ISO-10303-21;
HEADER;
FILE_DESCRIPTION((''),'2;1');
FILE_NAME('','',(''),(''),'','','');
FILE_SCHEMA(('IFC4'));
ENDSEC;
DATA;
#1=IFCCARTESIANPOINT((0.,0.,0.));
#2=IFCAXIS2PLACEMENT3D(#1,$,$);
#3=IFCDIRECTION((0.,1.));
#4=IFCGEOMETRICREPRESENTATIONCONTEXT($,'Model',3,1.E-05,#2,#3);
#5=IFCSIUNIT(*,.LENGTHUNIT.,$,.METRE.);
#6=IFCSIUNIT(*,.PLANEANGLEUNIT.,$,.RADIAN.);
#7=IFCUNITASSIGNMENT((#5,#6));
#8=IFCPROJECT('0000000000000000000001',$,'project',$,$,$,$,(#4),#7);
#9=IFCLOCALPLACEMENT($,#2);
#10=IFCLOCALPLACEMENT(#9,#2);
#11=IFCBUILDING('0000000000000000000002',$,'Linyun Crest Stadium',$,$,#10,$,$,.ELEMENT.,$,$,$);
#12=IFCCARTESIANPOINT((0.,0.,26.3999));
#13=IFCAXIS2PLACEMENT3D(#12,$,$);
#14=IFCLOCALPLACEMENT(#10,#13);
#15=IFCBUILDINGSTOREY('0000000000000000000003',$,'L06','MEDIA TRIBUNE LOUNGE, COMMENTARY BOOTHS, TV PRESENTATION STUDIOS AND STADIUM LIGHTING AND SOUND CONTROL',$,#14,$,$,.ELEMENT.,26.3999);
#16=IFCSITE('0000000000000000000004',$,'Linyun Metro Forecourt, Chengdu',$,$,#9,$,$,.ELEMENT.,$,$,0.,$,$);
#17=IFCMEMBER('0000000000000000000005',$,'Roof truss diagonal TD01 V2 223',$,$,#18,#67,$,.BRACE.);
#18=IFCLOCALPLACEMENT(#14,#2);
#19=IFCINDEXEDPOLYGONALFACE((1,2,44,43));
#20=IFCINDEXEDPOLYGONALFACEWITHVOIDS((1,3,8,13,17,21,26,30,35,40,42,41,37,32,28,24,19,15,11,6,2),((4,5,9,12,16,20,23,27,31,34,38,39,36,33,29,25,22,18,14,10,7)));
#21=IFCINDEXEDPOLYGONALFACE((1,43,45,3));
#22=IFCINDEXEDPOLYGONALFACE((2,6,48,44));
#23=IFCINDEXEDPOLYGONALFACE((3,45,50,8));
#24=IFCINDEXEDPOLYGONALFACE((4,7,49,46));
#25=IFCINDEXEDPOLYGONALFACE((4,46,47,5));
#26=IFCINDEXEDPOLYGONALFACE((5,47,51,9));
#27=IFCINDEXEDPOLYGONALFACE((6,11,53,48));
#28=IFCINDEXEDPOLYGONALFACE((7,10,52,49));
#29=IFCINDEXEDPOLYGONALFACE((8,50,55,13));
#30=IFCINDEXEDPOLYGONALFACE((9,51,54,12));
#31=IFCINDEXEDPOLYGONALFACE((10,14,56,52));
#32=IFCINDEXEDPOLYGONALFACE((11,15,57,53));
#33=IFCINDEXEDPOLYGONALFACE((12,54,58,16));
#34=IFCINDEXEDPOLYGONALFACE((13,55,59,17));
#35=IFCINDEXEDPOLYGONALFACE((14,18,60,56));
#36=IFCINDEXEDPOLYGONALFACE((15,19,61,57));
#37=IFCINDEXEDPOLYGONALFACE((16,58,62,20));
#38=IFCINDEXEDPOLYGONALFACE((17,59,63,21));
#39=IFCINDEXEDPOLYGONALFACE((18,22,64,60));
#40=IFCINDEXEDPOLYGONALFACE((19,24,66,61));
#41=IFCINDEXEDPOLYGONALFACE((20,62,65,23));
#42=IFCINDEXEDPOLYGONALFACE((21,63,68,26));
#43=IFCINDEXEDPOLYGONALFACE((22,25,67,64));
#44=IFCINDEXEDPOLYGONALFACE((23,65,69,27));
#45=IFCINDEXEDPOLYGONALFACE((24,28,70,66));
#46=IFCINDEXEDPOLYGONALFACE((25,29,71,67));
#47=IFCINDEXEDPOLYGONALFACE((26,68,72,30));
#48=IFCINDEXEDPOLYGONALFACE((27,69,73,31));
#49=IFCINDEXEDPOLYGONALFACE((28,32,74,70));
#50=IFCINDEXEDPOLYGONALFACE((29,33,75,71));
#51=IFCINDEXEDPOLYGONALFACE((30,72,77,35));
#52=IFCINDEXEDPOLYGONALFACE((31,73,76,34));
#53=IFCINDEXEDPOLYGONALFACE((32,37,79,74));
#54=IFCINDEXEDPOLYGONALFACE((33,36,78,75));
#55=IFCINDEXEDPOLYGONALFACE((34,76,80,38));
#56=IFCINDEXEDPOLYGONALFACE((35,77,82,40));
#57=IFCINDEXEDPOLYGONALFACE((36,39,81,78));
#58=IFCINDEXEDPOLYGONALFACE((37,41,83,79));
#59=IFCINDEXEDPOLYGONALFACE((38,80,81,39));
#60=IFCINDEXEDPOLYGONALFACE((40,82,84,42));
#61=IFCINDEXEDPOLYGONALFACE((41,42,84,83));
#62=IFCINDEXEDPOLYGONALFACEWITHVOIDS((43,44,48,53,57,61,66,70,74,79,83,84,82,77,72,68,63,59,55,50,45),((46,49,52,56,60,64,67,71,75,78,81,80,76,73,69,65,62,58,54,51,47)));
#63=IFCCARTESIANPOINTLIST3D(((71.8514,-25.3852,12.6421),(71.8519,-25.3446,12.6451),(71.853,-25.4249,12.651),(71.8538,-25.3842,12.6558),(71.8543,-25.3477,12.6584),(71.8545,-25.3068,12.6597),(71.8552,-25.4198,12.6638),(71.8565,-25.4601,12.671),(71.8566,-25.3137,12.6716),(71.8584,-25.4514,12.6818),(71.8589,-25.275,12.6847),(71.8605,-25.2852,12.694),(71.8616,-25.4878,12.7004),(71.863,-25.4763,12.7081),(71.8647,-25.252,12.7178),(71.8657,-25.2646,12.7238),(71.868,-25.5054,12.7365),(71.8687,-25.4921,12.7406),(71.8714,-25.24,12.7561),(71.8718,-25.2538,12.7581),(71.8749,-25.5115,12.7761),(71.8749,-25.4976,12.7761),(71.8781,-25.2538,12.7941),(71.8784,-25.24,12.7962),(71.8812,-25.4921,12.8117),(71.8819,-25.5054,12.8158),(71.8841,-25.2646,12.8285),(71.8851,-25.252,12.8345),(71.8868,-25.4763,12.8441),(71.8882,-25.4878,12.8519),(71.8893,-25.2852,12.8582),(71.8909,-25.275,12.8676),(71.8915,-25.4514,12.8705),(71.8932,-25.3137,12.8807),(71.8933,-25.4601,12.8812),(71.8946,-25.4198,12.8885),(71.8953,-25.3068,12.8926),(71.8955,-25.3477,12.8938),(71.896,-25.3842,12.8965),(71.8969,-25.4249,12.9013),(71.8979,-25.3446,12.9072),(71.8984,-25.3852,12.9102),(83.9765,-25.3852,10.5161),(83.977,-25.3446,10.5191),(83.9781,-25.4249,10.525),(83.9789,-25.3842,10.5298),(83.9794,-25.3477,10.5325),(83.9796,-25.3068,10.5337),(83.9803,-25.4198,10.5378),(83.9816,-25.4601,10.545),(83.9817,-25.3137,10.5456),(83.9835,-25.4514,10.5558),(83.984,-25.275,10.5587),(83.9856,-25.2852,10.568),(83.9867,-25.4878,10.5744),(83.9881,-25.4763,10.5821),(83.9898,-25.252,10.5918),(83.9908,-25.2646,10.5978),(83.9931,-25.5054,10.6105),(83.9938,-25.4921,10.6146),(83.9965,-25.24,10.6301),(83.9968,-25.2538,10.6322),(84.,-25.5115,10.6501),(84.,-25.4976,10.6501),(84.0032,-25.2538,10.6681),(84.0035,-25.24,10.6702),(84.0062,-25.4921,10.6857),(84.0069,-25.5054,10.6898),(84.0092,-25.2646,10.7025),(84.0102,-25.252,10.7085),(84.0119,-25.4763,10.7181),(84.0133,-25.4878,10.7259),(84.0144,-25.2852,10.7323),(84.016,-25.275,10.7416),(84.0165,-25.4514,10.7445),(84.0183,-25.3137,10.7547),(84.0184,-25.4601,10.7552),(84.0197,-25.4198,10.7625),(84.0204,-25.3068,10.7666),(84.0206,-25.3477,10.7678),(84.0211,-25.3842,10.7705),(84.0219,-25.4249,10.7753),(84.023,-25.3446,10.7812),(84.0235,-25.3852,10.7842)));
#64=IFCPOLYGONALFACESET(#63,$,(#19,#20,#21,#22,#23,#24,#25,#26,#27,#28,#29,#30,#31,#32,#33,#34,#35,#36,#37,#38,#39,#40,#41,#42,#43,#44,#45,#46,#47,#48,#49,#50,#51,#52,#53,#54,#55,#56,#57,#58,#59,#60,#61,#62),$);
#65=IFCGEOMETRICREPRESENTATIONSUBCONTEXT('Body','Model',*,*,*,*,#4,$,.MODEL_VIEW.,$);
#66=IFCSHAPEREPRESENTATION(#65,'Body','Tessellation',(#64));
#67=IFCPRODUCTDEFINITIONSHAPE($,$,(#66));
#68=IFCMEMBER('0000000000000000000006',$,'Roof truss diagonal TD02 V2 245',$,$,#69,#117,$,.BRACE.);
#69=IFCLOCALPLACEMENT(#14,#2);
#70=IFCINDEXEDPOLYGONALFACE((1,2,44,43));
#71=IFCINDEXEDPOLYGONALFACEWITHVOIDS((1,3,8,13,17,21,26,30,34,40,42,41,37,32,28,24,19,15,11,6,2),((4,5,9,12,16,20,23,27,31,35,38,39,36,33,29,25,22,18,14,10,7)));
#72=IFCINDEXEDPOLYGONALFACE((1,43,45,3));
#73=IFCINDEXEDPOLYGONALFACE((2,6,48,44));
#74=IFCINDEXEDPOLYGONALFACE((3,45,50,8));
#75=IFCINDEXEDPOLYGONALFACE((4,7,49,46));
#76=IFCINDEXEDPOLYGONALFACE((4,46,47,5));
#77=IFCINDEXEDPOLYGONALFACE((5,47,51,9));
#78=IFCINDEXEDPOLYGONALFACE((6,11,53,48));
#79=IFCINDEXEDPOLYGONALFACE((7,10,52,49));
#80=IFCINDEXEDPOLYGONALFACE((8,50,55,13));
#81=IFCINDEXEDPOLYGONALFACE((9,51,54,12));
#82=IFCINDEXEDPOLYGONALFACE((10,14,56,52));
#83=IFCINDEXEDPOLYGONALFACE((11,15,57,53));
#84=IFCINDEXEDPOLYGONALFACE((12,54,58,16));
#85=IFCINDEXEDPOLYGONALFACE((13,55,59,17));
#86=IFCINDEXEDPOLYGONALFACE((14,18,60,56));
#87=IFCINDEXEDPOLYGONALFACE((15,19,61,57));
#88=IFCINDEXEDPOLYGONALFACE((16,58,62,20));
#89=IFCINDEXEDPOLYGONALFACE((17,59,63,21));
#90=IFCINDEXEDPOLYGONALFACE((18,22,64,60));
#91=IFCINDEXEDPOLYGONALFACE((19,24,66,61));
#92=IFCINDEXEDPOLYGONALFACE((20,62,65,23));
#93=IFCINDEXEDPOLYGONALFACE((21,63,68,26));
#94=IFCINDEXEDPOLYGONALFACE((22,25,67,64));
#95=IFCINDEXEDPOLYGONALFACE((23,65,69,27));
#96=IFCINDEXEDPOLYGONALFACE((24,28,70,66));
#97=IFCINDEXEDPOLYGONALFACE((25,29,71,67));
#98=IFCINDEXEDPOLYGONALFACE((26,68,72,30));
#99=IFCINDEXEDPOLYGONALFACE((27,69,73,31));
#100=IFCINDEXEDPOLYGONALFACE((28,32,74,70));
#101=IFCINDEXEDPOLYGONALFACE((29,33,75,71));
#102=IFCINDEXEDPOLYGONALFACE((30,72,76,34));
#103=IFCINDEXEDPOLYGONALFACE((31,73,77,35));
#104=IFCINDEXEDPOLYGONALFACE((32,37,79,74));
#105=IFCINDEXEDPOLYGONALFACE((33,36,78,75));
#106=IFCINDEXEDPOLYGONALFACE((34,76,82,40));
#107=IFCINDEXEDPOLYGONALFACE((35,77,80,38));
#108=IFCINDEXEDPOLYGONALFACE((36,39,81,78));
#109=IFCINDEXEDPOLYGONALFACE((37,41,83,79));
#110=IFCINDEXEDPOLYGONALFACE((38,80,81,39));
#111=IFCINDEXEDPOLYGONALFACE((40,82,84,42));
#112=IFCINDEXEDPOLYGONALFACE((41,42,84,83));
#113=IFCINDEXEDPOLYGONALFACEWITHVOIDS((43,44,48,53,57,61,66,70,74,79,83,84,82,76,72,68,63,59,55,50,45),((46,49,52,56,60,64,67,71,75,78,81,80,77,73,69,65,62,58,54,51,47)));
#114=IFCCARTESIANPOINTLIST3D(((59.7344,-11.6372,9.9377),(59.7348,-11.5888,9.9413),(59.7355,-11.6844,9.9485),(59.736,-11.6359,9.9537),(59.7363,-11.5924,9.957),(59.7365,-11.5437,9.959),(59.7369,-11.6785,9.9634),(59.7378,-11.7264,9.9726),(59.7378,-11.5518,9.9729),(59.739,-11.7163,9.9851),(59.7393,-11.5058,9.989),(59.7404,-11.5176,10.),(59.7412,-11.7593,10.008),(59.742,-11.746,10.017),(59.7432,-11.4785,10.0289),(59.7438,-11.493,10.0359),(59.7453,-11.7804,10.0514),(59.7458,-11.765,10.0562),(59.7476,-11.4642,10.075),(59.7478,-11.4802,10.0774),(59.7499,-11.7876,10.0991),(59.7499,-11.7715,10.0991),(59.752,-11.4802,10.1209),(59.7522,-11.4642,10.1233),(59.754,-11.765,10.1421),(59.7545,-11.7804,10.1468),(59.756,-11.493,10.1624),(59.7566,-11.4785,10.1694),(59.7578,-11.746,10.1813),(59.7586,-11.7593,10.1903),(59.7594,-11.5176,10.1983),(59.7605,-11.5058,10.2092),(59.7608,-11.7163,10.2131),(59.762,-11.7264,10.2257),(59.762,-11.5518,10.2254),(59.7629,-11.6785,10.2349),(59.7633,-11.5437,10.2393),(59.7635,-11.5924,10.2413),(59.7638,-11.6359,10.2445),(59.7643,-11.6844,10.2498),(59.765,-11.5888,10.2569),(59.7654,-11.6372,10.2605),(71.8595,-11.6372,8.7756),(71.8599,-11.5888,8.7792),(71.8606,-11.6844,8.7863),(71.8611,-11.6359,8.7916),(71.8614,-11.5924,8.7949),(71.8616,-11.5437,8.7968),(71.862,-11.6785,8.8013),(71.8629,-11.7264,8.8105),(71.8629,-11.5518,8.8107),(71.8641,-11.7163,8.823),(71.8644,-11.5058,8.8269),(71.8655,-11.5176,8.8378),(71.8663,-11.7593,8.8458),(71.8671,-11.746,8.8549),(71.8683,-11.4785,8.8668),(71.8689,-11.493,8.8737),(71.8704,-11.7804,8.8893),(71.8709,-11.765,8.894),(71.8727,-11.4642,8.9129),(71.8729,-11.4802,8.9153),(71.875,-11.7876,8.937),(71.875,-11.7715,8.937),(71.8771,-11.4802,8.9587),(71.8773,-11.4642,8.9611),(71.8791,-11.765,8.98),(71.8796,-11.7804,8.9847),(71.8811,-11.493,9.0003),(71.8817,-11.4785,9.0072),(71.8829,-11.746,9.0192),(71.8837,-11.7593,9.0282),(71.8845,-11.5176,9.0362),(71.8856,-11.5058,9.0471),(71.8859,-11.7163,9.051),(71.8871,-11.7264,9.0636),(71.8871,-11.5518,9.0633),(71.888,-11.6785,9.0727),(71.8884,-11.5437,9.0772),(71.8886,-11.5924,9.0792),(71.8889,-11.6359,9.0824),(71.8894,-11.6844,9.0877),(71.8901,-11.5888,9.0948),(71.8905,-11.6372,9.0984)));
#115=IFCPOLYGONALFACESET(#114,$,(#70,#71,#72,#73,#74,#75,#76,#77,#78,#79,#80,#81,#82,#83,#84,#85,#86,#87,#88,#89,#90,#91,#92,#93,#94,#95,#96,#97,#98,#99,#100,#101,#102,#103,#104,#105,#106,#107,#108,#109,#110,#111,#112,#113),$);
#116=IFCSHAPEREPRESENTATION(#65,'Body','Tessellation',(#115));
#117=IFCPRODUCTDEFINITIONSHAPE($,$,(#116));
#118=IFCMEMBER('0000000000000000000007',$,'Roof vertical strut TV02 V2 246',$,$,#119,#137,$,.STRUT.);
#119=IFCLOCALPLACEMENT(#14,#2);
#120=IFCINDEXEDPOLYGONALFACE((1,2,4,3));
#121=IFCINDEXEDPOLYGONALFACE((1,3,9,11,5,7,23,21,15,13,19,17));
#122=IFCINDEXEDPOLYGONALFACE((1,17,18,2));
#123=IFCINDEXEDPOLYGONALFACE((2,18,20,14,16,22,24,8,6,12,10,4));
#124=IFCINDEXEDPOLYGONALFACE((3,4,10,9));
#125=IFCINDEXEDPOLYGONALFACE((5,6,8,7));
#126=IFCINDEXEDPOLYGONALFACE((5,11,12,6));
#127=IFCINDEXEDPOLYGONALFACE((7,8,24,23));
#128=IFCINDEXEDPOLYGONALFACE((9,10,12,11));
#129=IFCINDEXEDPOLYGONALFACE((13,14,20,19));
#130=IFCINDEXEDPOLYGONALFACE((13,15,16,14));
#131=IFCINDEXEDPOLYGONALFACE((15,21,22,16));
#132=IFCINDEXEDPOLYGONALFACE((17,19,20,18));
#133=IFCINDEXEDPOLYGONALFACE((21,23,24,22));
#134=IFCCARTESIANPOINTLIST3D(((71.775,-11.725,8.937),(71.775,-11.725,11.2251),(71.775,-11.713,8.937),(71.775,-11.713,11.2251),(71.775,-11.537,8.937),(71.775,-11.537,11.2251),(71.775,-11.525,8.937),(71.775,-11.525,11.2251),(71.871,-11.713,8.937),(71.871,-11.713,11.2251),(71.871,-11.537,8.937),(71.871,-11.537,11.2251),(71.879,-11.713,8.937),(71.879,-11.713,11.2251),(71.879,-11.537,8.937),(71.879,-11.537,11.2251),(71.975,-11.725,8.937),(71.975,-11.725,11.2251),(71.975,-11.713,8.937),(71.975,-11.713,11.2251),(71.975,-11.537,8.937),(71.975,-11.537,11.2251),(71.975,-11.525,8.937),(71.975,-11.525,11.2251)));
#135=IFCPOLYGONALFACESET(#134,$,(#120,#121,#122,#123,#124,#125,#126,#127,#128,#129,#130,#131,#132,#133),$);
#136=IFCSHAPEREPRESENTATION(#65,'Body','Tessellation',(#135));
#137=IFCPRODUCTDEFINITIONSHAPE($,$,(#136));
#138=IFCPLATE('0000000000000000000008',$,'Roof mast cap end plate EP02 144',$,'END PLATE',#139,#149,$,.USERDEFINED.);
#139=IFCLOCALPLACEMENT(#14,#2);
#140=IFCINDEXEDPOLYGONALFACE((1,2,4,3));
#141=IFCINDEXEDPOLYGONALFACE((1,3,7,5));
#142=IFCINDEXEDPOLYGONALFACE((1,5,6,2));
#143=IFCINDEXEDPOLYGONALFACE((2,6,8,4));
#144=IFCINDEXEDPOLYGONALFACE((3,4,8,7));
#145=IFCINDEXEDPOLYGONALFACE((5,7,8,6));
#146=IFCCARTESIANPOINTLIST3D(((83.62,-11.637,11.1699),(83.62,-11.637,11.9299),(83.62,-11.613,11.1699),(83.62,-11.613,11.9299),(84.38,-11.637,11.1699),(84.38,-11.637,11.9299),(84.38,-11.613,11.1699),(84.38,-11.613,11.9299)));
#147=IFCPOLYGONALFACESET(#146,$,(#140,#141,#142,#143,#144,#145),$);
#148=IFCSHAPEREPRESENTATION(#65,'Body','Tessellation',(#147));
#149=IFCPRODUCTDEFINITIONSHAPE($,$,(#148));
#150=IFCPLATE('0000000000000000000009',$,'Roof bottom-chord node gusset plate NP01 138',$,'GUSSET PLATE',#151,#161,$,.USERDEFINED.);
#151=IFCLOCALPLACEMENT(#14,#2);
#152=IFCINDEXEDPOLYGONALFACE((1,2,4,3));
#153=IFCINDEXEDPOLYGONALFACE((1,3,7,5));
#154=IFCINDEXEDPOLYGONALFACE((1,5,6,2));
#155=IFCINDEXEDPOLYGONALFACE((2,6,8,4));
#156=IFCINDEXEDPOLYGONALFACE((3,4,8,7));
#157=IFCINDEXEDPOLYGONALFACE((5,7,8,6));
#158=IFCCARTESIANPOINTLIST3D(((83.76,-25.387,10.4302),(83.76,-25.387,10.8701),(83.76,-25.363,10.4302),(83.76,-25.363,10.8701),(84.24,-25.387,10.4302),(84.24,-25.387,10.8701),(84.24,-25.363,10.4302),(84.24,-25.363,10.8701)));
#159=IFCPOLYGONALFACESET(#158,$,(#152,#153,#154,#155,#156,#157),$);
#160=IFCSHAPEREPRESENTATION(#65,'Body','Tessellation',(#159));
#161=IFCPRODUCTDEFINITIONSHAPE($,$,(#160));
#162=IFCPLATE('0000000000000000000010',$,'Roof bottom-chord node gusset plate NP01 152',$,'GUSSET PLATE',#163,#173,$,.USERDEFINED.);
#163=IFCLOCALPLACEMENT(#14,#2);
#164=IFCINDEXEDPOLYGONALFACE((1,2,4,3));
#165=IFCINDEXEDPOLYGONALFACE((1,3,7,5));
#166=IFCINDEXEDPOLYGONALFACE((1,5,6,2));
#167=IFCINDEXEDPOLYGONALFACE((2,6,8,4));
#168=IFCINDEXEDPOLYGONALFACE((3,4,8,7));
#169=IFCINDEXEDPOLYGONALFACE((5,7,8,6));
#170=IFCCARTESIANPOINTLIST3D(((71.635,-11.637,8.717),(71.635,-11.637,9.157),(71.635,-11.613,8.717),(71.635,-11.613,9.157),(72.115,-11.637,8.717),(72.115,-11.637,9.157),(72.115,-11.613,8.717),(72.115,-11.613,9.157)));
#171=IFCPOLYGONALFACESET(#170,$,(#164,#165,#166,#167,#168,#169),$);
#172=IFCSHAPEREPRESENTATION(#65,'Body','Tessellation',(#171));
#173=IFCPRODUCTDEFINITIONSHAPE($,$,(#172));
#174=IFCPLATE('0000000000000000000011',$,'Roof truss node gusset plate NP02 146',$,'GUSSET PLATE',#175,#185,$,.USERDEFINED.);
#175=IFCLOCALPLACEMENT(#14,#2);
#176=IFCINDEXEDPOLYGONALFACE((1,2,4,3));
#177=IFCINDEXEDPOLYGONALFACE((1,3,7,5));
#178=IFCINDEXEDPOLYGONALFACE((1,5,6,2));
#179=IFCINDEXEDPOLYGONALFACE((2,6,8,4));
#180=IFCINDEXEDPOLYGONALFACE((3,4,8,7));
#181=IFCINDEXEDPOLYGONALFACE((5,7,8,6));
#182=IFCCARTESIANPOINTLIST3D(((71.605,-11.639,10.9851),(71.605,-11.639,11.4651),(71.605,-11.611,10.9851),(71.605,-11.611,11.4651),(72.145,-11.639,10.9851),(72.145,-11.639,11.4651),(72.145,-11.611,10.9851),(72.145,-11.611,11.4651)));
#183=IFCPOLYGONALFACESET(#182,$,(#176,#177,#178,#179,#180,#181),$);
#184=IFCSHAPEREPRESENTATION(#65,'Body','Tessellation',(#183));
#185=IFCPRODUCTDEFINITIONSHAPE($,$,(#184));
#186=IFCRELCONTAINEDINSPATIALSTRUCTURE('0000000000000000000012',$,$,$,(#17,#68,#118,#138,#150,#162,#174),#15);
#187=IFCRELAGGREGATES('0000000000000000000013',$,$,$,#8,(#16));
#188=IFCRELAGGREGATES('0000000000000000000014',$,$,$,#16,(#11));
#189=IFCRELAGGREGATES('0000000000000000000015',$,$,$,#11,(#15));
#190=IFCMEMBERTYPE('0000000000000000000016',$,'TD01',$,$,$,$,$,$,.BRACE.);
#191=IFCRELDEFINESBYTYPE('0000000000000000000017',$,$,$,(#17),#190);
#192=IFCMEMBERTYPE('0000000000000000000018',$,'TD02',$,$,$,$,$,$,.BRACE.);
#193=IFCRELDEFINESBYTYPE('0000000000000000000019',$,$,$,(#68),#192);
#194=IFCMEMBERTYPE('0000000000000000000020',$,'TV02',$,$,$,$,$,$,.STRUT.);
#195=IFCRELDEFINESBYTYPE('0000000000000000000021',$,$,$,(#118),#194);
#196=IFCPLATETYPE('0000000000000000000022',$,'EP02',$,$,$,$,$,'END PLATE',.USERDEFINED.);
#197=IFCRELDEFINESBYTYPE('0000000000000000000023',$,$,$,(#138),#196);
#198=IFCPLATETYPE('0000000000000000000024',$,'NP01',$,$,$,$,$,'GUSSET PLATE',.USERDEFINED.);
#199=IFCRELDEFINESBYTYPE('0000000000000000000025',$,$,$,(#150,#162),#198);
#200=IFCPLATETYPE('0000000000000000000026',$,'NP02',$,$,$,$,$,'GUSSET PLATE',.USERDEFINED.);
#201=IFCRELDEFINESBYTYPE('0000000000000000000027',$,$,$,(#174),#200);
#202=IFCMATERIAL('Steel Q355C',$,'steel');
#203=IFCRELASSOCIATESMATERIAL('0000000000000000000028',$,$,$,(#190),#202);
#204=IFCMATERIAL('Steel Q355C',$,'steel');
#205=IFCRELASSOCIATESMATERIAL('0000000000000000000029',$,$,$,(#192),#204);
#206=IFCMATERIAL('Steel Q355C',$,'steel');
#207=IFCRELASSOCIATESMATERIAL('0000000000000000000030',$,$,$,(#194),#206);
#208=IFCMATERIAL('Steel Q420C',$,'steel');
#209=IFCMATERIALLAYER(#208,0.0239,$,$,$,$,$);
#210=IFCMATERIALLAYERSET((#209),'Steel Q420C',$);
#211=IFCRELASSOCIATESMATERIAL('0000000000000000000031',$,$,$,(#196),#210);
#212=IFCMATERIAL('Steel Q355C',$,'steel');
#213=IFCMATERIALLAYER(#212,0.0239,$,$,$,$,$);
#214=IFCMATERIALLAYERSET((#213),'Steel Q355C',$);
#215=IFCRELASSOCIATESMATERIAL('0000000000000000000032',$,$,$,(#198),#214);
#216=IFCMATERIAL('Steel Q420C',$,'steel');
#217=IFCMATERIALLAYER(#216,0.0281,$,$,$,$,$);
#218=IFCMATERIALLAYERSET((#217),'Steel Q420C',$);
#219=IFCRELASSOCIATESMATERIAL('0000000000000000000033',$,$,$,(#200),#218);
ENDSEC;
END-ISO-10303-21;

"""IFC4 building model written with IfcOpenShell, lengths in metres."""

from ifc_helpers import new_model, si_unit, direction, frame, origin, origin_2d, place, context, subcontext, project, spatial, rectangle, hollow_circle, i_section, extrude, material, layer, layer_set, material_profile, profile_set, type_object, element, save


model = new_model("IFC4")

# Units and contexts
model_context = context("Model", 3, precision=1e-05, world=origin(), true_north=direction((0.0, 1.0)))
body_context = subcontext(model_context, "Body", "Model", "MODEL_VIEW")
ifc_project = project(units=[si_unit("LENGTHUNIT", "METRE"), si_unit("PLANEANGLEUNIT", "RADIAN")], contexts=[model_context])

# Site, building, storey
site_placement = place(None, origin())
site = spatial("IfcSite", under=ifc_project, at=site_placement, Name="Linyun Metro Forecourt, Chengdu", CompositionType="ELEMENT", RefElevation=0.0)
building_placement = place(site_placement, origin())
building = spatial("IfcBuilding", under=site, at=building_placement, Name="Linyun Crest Stadium", CompositionType="ELEMENT")
storey_placement = place(building_placement, frame((0.0, 0.0, 26.3999)))
storey = spatial("IfcBuildingStorey", under=building, at=storey_placement, Name="L06", Description="MEDIA TRIBUNE LOUNGE, COMMENTARY BOOTHS, TV PRESENTATION STUDIOS AND STADIUM LIGHTING AND SOUND CONTROL", CompositionType="ELEMENT", Elevation=26.3999)

# Members
ifc_material_1 = material(Name="Steel Q355C", Category="steel")
ifc_material_profile_1 = material_profile(ifc_material_1, hollow_circle(Radius=0.1365, WallThickness=0.0139, at=origin_2d()), Name="CHS 273x14")
ifc_profile_set_1 = profile_set([ifc_material_profile_1], Name="Steel Q355C")
member_type_1 = type_object("IfcMemberType", Name="TD01", PredefinedType="BRACE", material=ifc_profile_set_1)
member_1_placement = place(storey_placement, frame((84.0, -25.375, 10.6501), z_axis=(-0.984974, 0.0, 0.172704), x_axis=(0.0, -1.0, 0.0)))
element("IfcMember", 1, at=member_1_placement, inside=storey, type_object=member_type_1, Name="Roof truss diagonal TD01 V2 223", PredefinedType="BRACE", context=body_context, shape_type="SweptSolid", body=[
    extrude(hollow_circle(Radius=0.1365, WallThickness=0.0139, at=origin_2d()), origin(), (0.0, 0.0, 1.0), 12.3101),
])
ifc_material_2 = material(Name="Steel Q355C", Category="steel")
ifc_material_profile_2 = material_profile(ifc_material_2, hollow_circle(Radius=0.1626, WallThickness=0.0161, at=origin_2d()), Name="CHS 325x16")
ifc_profile_set_2 = profile_set([ifc_material_profile_2], Name="Steel Q355C")
member_type_2 = type_object("IfcMemberType", Name="TD02", PredefinedType="BRACE", material=ifc_profile_set_2)
member_2_placement = place(storey_placement, frame((71.875, -11.625, 8.937), z_axis=(-0.995438, 0.0, 0.095407), x_axis=(0.0, -1.0, 0.0)))
element("IfcMember", 2, at=member_2_placement, inside=storey, type_object=member_type_2, Name="Roof truss diagonal TD02 V2 245", PredefinedType="BRACE", context=body_context, shape_type="SweptSolid", body=[
    extrude(hollow_circle(Radius=0.1626, WallThickness=0.0161, at=origin_2d()), origin(), (0.0, 0.0, 1.0), 12.1807),
])
ifc_material_3 = material(Name="Steel Q355C", Category="steel")
ifc_material_profile_3 = material_profile(ifc_material_3, i_section(OverallWidth=0.2, OverallDepth=0.2, WebThickness=0.0081, FlangeThickness=0.012, at=origin_2d()), Name="HW 200x200")
ifc_profile_set_3 = profile_set([ifc_material_profile_3], Name="Steel Q355C")
member_type_3 = type_object("IfcMemberType", Name="TV02", PredefinedType="STRUT", material=ifc_profile_set_3)
member_3_placement = place(storey_placement, frame((71.875, -11.625, 8.937), z_axis=(0.0, 0.0, 1.0), x_axis=(1.0, 0.0, 0.0)))
element("IfcMember", 3, at=member_3_placement, inside=storey, type_object=member_type_3, Name="Roof vertical strut TV02 V2 246", PredefinedType="STRUT", context=body_context, shape_type="SweptSolid", body=[
    extrude(i_section(OverallWidth=0.2, OverallDepth=0.2, WebThickness=0.0081, FlangeThickness=0.012, at=origin_2d()), origin(), (0.0, 0.0, 1.0), 2.2881),
])

# Plates
ifc_material_4 = material(Name="Steel Q420C", Category="steel")
ifc_layer_1 = layer(ifc_material_4, 0.0239)
ifc_layer_set_1 = layer_set([ifc_layer_1], Name="Steel Q420C")
plate_type_1 = type_object("IfcPlateType", Name="EP02", ElementType="END PLATE", PredefinedType="USERDEFINED", material=ifc_layer_set_1)
plate_1_placement = place(storey_placement, frame((84.0, -11.625, 11.1699), z_axis=(0.0, 0.0, 1.0), x_axis=(1.0, 0.0, 0.0)))
element("IfcPlate", 4, at=plate_1_placement, inside=storey, type_object=plate_type_1, Name="Roof mast cap end plate EP02 144", ObjectType="END PLATE", PredefinedType="USERDEFINED", context=body_context, shape_type="SweptSolid", body=[
    extrude(rectangle(XDim=0.76, YDim=0.0239, at=origin_2d()), origin(), (0.0, 0.0, 1.0), 0.76),
])
ifc_material_5 = material(Name="Steel Q355C", Category="steel")
ifc_layer_2 = layer(ifc_material_5, 0.0239)
ifc_layer_set_2 = layer_set([ifc_layer_2], Name="Steel Q355C")
plate_type_2 = type_object("IfcPlateType", Name="NP01", ElementType="GUSSET PLATE", PredefinedType="USERDEFINED", material=ifc_layer_set_2)
for number, where, z_axis, x_axis, name in (
    (5, (84.0, -25.375, 10.4302), (0.0, 0.0, 1.0), (1.0, 0.0, 0.0), "Roof bottom-chord node gusset plate NP01 138"),
    (6, (71.875, -11.625, 8.717), (0.0, 0.0, 1.0), (1.0, 0.0, 0.0), "Roof bottom-chord node gusset plate NP01 152"),
):
    element("IfcPlate", number, at=place(storey_placement, frame(where, z_axis=z_axis, x_axis=x_axis)), inside=storey, type_object=plate_type_2, Name=name, ObjectType="GUSSET PLATE", PredefinedType="USERDEFINED", context=body_context, shape_type="SweptSolid", body=[
        extrude(rectangle(XDim=0.48, YDim=0.0239, at=origin_2d()), origin(), (0.0, 0.0, 1.0), 0.4399),
    ])
ifc_material_6 = material(Name="Steel Q420C", Category="steel")
ifc_layer_3 = layer(ifc_material_6, 0.0281)
ifc_layer_set_3 = layer_set([ifc_layer_3], Name="Steel Q420C")
plate_type_3 = type_object("IfcPlateType", Name="NP02", ElementType="GUSSET PLATE", PredefinedType="USERDEFINED", material=ifc_layer_set_3)
plate_2_placement = place(storey_placement, frame((71.875, -11.625, 10.9851), z_axis=(0.0, 0.0, 1.0), x_axis=(1.0, 0.0, 0.0)))
element("IfcPlate", 7, at=plate_2_placement, inside=storey, type_object=plate_type_3, Name="Roof truss node gusset plate NP02 146", ObjectType="GUSSET PLATE", PredefinedType="USERDEFINED", context=body_context, shape_type="SweptSolid", body=[
    extrude(rectangle(XDim=0.54, YDim=0.0281, at=origin_2d()), origin(), (0.0, 0.0, 1.0), 0.48),
])

save(model, "model.ifc")
